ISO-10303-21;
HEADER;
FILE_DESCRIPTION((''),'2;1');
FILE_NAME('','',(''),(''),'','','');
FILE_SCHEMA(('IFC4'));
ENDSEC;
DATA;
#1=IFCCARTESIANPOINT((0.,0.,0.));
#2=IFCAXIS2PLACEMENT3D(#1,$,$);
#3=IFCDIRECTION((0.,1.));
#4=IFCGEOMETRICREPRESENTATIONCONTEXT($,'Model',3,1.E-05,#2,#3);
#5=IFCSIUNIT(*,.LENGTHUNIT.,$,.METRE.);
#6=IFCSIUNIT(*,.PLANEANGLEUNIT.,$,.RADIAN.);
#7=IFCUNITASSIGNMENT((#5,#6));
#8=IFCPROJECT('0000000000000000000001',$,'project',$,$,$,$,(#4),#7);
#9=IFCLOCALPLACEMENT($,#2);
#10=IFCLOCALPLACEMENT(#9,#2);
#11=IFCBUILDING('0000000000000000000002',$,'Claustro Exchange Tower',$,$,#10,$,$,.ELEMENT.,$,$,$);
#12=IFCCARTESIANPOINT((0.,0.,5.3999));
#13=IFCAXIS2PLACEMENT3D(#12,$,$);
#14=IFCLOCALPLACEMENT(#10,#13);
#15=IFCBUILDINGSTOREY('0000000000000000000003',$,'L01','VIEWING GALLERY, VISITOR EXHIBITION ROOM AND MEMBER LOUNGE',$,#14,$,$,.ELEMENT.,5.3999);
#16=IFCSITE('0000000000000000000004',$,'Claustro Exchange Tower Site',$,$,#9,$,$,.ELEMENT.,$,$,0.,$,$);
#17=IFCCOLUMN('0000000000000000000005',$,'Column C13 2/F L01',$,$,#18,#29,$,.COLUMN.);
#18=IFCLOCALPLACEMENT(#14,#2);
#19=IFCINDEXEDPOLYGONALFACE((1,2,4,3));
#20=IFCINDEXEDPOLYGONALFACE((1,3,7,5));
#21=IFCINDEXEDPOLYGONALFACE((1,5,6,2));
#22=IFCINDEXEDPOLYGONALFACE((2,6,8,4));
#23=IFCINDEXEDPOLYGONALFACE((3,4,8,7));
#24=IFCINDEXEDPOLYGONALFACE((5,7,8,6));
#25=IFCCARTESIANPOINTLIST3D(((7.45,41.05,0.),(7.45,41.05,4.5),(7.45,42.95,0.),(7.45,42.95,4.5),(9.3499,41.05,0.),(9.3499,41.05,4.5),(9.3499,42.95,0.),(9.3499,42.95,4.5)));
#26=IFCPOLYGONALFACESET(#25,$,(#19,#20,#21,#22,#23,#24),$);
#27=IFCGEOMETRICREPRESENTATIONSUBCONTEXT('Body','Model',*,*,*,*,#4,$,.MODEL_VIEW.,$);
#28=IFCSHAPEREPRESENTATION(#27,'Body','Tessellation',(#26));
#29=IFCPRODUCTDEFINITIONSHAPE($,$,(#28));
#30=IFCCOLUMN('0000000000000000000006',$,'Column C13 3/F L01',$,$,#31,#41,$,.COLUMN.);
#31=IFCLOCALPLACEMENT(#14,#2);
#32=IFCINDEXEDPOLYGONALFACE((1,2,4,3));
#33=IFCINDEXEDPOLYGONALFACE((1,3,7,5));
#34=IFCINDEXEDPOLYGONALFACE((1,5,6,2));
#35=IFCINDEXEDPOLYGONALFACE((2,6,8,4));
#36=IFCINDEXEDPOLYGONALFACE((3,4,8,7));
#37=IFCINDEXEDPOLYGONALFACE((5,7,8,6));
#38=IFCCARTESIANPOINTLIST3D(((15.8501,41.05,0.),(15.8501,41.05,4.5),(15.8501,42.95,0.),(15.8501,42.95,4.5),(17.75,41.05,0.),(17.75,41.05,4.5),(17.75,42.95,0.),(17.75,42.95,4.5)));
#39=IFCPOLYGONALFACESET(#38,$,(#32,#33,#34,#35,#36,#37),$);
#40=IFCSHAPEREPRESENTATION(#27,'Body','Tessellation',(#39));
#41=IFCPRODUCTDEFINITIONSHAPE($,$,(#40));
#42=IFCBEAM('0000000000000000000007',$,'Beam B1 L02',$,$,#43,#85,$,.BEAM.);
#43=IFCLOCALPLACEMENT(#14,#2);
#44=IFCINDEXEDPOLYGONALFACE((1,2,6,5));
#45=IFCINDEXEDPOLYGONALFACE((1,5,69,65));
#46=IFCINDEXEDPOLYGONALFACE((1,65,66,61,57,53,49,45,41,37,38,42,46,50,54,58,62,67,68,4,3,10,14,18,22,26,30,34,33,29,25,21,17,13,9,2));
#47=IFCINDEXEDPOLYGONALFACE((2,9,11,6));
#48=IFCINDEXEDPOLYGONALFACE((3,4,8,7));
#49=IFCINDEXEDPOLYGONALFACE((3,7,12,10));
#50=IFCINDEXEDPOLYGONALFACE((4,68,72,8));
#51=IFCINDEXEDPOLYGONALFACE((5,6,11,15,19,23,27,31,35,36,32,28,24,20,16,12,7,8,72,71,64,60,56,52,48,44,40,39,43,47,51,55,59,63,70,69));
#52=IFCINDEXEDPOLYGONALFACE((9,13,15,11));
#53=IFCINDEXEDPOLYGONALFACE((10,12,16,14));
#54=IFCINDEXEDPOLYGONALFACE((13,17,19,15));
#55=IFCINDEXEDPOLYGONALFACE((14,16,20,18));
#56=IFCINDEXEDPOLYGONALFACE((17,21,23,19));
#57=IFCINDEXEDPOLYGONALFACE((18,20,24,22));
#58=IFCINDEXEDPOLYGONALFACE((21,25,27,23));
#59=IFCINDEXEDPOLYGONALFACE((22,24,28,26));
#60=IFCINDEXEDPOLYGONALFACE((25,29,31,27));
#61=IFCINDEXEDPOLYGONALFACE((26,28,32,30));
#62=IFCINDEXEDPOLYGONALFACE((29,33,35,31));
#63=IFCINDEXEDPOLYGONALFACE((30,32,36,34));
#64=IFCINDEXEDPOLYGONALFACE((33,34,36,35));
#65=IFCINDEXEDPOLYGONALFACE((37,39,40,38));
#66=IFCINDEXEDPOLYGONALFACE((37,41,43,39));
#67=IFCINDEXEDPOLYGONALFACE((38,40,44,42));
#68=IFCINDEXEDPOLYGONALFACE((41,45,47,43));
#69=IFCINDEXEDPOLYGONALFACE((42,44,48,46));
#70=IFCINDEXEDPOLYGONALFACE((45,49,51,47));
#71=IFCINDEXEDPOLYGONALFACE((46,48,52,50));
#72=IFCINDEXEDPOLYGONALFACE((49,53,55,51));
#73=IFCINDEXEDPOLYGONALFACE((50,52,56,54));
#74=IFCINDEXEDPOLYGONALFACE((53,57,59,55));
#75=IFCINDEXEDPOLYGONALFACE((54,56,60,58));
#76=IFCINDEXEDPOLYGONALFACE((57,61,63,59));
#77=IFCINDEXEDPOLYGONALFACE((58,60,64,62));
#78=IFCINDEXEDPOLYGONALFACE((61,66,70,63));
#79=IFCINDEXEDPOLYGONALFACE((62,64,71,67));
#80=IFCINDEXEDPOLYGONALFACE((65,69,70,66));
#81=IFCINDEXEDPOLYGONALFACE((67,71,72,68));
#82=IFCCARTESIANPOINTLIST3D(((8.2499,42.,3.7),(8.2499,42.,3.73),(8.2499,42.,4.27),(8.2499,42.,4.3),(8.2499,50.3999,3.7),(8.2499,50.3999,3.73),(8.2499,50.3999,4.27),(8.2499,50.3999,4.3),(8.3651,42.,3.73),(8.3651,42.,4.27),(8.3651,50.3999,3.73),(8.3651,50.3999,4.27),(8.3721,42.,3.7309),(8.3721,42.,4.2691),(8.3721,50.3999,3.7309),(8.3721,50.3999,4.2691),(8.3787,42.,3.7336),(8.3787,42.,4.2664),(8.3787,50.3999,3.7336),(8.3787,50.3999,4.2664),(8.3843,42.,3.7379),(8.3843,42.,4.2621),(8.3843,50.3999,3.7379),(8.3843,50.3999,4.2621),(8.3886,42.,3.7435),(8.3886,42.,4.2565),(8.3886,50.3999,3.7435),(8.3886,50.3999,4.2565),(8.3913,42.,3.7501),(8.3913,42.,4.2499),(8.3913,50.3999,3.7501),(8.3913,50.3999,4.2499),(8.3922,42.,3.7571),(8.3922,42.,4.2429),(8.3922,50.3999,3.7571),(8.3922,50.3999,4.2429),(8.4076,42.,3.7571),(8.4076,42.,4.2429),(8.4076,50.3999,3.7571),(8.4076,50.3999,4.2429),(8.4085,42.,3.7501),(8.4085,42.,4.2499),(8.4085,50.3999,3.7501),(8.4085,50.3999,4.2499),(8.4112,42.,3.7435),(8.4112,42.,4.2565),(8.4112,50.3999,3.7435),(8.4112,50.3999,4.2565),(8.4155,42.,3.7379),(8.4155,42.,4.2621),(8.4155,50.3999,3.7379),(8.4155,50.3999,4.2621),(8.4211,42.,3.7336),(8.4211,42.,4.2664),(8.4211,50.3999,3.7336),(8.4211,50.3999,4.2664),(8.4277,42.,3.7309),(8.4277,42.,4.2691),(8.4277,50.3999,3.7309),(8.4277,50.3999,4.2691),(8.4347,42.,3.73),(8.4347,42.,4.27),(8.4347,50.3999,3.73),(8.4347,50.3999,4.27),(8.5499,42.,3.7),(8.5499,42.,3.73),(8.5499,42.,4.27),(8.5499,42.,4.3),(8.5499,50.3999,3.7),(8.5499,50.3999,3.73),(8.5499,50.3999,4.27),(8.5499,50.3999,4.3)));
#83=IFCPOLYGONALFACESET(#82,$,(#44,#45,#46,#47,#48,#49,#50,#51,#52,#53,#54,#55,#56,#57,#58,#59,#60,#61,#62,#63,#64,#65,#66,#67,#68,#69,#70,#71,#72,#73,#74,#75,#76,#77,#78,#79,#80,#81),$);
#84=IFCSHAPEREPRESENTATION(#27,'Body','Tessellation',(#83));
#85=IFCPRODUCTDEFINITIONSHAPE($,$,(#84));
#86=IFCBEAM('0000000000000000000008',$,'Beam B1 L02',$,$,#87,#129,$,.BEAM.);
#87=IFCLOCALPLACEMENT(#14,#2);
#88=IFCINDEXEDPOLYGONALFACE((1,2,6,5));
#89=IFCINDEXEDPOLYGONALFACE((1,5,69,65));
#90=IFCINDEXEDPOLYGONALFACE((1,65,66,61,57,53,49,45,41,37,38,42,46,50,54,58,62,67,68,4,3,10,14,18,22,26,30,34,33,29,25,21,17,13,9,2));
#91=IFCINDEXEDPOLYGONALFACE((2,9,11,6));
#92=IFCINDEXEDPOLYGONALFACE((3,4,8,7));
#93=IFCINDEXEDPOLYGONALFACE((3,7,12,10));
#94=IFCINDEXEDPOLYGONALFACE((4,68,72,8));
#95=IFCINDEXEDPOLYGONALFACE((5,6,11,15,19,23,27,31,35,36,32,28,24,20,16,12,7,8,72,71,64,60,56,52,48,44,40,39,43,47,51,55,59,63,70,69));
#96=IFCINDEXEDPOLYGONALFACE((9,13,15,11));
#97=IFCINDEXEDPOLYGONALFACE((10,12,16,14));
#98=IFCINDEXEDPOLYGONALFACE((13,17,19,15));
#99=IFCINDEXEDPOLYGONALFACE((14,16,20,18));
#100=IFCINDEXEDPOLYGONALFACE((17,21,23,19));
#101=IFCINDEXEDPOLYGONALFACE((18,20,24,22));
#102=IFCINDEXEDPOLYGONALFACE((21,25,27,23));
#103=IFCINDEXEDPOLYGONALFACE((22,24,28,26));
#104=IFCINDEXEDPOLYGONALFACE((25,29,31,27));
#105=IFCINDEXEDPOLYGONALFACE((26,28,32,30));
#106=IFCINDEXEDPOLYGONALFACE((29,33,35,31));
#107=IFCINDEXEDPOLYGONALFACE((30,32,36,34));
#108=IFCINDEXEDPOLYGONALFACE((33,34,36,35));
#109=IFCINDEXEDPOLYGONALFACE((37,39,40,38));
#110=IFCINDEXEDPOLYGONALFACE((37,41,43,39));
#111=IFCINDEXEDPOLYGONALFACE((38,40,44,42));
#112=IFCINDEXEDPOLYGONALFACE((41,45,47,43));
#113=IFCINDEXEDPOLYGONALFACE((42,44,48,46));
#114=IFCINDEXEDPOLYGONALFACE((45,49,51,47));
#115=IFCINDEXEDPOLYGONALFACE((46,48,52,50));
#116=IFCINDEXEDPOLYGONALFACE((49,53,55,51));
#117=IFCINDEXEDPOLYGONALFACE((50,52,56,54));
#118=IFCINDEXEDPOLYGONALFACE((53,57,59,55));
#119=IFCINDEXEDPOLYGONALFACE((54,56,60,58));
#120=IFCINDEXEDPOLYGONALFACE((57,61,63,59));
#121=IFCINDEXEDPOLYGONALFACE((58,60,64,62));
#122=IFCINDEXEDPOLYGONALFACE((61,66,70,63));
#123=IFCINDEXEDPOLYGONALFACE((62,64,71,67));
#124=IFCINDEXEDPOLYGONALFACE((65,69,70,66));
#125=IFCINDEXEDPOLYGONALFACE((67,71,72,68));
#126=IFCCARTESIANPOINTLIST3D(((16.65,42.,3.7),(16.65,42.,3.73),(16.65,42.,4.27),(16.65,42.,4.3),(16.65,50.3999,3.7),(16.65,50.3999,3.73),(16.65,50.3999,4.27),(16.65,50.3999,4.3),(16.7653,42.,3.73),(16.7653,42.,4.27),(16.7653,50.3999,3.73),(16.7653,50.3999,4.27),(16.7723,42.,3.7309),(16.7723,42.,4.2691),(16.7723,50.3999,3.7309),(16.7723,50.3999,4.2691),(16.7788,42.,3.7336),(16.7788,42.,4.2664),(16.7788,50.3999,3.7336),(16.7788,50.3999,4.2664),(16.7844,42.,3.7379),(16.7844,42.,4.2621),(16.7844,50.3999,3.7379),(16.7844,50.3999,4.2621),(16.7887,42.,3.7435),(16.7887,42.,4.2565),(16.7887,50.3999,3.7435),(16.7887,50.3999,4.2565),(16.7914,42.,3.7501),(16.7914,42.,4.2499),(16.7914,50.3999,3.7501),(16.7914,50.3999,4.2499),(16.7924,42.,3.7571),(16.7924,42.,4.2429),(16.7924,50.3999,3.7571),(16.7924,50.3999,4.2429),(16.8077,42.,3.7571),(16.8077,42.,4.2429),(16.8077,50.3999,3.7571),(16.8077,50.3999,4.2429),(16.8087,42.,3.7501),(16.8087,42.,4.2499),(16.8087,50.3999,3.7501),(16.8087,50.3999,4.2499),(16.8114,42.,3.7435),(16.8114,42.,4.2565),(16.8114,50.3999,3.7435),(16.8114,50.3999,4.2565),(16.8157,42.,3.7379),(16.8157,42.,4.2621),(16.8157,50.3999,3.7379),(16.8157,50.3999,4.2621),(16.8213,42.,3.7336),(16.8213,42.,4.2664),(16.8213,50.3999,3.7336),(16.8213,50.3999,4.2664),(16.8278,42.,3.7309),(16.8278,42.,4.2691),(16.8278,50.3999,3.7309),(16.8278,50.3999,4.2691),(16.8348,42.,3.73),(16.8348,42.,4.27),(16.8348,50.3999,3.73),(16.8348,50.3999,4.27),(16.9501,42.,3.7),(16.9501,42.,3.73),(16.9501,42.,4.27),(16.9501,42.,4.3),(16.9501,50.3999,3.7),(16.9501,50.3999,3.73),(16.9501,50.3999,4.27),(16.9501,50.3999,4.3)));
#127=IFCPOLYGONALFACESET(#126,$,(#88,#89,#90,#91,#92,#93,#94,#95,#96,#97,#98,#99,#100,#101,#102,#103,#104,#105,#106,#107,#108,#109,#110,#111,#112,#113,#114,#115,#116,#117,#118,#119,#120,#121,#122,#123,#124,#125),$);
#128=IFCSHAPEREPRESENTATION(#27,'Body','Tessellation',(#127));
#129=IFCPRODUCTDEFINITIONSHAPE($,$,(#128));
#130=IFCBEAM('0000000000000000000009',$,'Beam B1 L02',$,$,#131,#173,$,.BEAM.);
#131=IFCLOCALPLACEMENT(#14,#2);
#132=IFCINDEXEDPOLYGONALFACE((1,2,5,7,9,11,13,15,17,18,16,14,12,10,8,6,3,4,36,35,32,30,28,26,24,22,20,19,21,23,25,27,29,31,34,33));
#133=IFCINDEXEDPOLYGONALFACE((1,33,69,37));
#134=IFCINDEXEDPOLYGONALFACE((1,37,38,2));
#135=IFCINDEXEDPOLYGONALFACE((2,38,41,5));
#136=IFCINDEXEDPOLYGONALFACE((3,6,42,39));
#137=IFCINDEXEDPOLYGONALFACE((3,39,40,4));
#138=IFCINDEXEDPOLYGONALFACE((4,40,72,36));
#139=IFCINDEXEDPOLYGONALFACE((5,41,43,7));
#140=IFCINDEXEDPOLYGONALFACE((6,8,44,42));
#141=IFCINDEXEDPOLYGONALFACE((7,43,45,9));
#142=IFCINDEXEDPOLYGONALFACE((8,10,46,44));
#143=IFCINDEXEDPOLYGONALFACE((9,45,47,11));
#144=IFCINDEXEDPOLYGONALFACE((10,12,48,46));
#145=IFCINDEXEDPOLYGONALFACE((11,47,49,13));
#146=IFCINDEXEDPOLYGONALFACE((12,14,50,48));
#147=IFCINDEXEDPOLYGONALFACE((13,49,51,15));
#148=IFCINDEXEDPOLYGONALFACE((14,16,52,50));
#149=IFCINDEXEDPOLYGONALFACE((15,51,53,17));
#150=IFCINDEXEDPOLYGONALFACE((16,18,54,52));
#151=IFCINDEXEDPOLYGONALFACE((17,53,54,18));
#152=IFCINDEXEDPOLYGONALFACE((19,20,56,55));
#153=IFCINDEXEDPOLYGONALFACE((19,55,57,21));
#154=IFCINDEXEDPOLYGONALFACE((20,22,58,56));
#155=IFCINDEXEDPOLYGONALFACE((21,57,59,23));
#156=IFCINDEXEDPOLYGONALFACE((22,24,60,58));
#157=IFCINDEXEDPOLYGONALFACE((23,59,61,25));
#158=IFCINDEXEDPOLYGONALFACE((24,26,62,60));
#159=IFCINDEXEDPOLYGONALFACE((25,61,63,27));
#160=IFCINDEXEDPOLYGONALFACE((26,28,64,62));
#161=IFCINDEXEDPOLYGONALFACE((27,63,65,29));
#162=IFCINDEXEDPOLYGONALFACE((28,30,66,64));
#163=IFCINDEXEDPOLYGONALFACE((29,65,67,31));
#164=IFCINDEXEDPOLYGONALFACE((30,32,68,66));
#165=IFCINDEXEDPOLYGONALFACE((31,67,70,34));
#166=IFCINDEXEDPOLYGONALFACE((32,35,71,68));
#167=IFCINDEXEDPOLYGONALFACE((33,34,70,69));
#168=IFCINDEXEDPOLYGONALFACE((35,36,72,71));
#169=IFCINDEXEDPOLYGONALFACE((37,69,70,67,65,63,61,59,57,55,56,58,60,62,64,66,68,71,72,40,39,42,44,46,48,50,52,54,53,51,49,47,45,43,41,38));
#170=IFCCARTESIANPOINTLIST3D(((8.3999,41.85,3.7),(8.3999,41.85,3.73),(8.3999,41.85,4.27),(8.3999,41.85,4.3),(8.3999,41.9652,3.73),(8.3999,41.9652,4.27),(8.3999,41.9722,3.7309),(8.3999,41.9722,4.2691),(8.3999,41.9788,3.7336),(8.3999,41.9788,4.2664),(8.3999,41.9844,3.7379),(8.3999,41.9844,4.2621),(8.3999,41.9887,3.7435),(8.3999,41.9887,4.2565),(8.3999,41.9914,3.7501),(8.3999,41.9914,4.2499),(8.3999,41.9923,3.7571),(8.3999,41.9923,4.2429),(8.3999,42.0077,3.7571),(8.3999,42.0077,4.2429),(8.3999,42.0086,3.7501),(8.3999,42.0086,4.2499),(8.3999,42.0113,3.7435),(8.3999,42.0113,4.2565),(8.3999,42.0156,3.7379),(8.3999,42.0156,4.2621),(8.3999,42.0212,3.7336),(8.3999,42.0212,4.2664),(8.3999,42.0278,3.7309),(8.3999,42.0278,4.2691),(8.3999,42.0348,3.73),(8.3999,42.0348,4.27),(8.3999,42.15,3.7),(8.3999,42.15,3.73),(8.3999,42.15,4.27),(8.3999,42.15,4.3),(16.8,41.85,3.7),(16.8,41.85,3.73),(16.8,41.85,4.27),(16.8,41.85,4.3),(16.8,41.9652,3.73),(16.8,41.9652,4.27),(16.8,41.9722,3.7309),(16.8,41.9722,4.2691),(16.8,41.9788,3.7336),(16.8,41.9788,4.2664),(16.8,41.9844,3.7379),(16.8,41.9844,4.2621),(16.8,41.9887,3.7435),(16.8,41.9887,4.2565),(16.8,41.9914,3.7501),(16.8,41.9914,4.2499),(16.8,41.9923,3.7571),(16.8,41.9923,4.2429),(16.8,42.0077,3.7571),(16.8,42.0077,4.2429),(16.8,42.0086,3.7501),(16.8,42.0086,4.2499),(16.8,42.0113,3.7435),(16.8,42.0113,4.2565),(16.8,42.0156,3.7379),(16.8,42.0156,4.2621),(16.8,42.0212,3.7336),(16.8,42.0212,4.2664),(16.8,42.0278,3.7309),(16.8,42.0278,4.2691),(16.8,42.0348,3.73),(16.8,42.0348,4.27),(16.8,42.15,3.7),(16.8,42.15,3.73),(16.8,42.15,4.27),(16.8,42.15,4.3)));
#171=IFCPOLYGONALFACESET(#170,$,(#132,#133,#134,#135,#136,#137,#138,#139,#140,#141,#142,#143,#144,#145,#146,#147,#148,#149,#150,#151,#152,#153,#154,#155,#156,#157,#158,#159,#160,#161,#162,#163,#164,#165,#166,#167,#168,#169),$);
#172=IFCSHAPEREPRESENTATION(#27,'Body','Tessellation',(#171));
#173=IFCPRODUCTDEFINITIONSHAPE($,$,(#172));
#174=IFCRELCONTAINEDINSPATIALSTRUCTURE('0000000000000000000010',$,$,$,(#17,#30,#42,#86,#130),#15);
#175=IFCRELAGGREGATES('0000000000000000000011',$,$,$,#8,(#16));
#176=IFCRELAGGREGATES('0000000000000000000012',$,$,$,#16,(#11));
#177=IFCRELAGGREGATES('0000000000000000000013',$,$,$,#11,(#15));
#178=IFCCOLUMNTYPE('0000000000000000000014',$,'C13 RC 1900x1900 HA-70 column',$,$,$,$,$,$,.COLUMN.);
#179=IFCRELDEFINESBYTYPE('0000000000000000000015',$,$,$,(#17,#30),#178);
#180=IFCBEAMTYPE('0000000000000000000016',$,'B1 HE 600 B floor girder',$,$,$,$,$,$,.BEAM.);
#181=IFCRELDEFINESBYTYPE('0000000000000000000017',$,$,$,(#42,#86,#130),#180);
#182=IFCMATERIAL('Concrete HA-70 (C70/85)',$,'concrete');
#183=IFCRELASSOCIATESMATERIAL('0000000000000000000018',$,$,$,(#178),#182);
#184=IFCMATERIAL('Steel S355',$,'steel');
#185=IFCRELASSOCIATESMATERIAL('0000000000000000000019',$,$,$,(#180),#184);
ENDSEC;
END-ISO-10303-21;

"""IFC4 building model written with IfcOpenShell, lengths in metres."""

from ifc_helpers import new_model, si_unit, direction, frame, origin, origin_2d, place, context, subcontext, project, spatial, rectangle, i_section, extrude, material, material_profile, profile_set, type_object, element, save


model = new_model("IFC4")

# Units and contexts
model_context = context("Model", 3, precision=1e-05, world=origin(), true_north=direction((0.0, 1.0)))
body_context = subcontext(model_context, "Body", "Model", "MODEL_VIEW")
ifc_project = project(units=[si_unit("LENGTHUNIT", "METRE"), si_unit("PLANEANGLEUNIT", "RADIAN")], contexts=[model_context])

# Site, building, storey
site_placement = place(None, origin())
site = spatial("IfcSite", under=ifc_project, at=site_placement, Name="Claustro Exchange Tower Site", CompositionType="ELEMENT", RefElevation=0.0)
building_placement = place(site_placement, origin())
building = spatial("IfcBuilding", under=site, at=building_placement, Name="Claustro Exchange Tower", CompositionType="ELEMENT")
storey_placement = place(building_placement, frame((0.0, 0.0, 5.3999)))
storey = spatial("IfcBuildingStorey", under=building, at=storey_placement, Name="L01", Description="VIEWING GALLERY, VISITOR EXHIBITION ROOM AND MEMBER LOUNGE", CompositionType="ELEMENT", Elevation=5.3999)

# Columns
ifc_material_1 = material(Name="Concrete HA-70 (C70/85)", Category="concrete")
ifc_material_profile_1 = material_profile(ifc_material_1, rectangle(XDim=1.8999, YDim=1.8999, at=origin_2d()), Name="RC 1900x1900")
ifc_profile_set_1 = profile_set([ifc_material_profile_1], Name="Concrete HA-70 (C70/85)")
column_type = type_object("IfcColumnType", Name="C13 RC 1900x1900 HA-70 column", PredefinedType="COLUMN", material=ifc_profile_set_1)
for number, where, z_axis, x_axis, name in (
    (1, (8.3999, 42.0, 0.0), (0.0, 0.0, 1.0), (1.0, 0.0, 0.0), "Column C13 2/F L01"),
    (2, (16.8, 42.0, 0.0), (0.0, 0.0, 1.0), (1.0, 0.0, 0.0), "Column C13 3/F L01"),
):
    element("IfcColumn", number, at=place(storey_placement, frame(where, z_axis=z_axis, x_axis=x_axis)), inside=storey, type_object=column_type, Name=name, PredefinedType="COLUMN", context=body_context, shape_type="SweptSolid", body=[
        extrude(rectangle(XDim=1.8999, YDim=1.8999, at=origin_2d()), origin(), (0.0, 0.0, 1.0), 4.5),
    ])

# Beams
ifc_material_2 = material(Name="Steel S355", Category="steel")
ifc_material_profile_2 = material_profile(ifc_material_2, i_section(OverallWidth=0.3, OverallDepth=0.6001, WebThickness=0.0154, FlangeThickness=0.03, FilletRadius=0.0271, at=origin_2d()), Name="HE 600 B")
ifc_profile_set_2 = profile_set([ifc_material_profile_2], Name="Steel S355")
beam_type_1 = type_object("IfcBeamType", Name="B1 HE 600 B floor girder", PredefinedType="BEAM", material=ifc_profile_set_2)
for number, where, z_axis, x_axis, name in (
    (3, (8.3999, 42.0, 4.0), (0.0, 1.0, 0.0), (-1.0, 0.0, 0.0), "Beam B1 L02"),
    (4, (16.8, 42.0, 4.0), (0.0, 1.0, 0.0), (-1.0, 0.0, 0.0), "Beam B1 L02"),
):
    element("IfcBeam", number, at=place(storey_placement, frame(where, z_axis=z_axis, x_axis=x_axis)), inside=storey, type_object=beam_type_1, Name=name, PredefinedType="BEAM", context=body_context, shape_type="SweptSolid", body=[
        extrude(i_section(OverallWidth=0.3, OverallDepth=0.6001, WebThickness=0.0154, FlangeThickness=0.03, FilletRadius=0.0271, at=origin_2d()), origin(), (0.0, 0.0, 1.0), 8.3999),
    ])
beam_1_placement = place(storey_placement, frame((8.3999, 42.0, 4.0), z_axis=(1.0, 0.0, 0.0), x_axis=(0.0, 1.0, 0.0)))
element("IfcBeam", 5, at=beam_1_placement, inside=storey, type_object=beam_type_1, Name="Beam B1 L02", PredefinedType="BEAM", context=body_context, shape_type="SweptSolid", body=[
    extrude(i_section(OverallWidth=0.3, OverallDepth=0.6001, WebThickness=0.0154, FlangeThickness=0.03, FilletRadius=0.0271, at=origin_2d()), origin(), (0.0, 0.0, 1.0), 8.4001),
])

save(model, "model.ifc")
